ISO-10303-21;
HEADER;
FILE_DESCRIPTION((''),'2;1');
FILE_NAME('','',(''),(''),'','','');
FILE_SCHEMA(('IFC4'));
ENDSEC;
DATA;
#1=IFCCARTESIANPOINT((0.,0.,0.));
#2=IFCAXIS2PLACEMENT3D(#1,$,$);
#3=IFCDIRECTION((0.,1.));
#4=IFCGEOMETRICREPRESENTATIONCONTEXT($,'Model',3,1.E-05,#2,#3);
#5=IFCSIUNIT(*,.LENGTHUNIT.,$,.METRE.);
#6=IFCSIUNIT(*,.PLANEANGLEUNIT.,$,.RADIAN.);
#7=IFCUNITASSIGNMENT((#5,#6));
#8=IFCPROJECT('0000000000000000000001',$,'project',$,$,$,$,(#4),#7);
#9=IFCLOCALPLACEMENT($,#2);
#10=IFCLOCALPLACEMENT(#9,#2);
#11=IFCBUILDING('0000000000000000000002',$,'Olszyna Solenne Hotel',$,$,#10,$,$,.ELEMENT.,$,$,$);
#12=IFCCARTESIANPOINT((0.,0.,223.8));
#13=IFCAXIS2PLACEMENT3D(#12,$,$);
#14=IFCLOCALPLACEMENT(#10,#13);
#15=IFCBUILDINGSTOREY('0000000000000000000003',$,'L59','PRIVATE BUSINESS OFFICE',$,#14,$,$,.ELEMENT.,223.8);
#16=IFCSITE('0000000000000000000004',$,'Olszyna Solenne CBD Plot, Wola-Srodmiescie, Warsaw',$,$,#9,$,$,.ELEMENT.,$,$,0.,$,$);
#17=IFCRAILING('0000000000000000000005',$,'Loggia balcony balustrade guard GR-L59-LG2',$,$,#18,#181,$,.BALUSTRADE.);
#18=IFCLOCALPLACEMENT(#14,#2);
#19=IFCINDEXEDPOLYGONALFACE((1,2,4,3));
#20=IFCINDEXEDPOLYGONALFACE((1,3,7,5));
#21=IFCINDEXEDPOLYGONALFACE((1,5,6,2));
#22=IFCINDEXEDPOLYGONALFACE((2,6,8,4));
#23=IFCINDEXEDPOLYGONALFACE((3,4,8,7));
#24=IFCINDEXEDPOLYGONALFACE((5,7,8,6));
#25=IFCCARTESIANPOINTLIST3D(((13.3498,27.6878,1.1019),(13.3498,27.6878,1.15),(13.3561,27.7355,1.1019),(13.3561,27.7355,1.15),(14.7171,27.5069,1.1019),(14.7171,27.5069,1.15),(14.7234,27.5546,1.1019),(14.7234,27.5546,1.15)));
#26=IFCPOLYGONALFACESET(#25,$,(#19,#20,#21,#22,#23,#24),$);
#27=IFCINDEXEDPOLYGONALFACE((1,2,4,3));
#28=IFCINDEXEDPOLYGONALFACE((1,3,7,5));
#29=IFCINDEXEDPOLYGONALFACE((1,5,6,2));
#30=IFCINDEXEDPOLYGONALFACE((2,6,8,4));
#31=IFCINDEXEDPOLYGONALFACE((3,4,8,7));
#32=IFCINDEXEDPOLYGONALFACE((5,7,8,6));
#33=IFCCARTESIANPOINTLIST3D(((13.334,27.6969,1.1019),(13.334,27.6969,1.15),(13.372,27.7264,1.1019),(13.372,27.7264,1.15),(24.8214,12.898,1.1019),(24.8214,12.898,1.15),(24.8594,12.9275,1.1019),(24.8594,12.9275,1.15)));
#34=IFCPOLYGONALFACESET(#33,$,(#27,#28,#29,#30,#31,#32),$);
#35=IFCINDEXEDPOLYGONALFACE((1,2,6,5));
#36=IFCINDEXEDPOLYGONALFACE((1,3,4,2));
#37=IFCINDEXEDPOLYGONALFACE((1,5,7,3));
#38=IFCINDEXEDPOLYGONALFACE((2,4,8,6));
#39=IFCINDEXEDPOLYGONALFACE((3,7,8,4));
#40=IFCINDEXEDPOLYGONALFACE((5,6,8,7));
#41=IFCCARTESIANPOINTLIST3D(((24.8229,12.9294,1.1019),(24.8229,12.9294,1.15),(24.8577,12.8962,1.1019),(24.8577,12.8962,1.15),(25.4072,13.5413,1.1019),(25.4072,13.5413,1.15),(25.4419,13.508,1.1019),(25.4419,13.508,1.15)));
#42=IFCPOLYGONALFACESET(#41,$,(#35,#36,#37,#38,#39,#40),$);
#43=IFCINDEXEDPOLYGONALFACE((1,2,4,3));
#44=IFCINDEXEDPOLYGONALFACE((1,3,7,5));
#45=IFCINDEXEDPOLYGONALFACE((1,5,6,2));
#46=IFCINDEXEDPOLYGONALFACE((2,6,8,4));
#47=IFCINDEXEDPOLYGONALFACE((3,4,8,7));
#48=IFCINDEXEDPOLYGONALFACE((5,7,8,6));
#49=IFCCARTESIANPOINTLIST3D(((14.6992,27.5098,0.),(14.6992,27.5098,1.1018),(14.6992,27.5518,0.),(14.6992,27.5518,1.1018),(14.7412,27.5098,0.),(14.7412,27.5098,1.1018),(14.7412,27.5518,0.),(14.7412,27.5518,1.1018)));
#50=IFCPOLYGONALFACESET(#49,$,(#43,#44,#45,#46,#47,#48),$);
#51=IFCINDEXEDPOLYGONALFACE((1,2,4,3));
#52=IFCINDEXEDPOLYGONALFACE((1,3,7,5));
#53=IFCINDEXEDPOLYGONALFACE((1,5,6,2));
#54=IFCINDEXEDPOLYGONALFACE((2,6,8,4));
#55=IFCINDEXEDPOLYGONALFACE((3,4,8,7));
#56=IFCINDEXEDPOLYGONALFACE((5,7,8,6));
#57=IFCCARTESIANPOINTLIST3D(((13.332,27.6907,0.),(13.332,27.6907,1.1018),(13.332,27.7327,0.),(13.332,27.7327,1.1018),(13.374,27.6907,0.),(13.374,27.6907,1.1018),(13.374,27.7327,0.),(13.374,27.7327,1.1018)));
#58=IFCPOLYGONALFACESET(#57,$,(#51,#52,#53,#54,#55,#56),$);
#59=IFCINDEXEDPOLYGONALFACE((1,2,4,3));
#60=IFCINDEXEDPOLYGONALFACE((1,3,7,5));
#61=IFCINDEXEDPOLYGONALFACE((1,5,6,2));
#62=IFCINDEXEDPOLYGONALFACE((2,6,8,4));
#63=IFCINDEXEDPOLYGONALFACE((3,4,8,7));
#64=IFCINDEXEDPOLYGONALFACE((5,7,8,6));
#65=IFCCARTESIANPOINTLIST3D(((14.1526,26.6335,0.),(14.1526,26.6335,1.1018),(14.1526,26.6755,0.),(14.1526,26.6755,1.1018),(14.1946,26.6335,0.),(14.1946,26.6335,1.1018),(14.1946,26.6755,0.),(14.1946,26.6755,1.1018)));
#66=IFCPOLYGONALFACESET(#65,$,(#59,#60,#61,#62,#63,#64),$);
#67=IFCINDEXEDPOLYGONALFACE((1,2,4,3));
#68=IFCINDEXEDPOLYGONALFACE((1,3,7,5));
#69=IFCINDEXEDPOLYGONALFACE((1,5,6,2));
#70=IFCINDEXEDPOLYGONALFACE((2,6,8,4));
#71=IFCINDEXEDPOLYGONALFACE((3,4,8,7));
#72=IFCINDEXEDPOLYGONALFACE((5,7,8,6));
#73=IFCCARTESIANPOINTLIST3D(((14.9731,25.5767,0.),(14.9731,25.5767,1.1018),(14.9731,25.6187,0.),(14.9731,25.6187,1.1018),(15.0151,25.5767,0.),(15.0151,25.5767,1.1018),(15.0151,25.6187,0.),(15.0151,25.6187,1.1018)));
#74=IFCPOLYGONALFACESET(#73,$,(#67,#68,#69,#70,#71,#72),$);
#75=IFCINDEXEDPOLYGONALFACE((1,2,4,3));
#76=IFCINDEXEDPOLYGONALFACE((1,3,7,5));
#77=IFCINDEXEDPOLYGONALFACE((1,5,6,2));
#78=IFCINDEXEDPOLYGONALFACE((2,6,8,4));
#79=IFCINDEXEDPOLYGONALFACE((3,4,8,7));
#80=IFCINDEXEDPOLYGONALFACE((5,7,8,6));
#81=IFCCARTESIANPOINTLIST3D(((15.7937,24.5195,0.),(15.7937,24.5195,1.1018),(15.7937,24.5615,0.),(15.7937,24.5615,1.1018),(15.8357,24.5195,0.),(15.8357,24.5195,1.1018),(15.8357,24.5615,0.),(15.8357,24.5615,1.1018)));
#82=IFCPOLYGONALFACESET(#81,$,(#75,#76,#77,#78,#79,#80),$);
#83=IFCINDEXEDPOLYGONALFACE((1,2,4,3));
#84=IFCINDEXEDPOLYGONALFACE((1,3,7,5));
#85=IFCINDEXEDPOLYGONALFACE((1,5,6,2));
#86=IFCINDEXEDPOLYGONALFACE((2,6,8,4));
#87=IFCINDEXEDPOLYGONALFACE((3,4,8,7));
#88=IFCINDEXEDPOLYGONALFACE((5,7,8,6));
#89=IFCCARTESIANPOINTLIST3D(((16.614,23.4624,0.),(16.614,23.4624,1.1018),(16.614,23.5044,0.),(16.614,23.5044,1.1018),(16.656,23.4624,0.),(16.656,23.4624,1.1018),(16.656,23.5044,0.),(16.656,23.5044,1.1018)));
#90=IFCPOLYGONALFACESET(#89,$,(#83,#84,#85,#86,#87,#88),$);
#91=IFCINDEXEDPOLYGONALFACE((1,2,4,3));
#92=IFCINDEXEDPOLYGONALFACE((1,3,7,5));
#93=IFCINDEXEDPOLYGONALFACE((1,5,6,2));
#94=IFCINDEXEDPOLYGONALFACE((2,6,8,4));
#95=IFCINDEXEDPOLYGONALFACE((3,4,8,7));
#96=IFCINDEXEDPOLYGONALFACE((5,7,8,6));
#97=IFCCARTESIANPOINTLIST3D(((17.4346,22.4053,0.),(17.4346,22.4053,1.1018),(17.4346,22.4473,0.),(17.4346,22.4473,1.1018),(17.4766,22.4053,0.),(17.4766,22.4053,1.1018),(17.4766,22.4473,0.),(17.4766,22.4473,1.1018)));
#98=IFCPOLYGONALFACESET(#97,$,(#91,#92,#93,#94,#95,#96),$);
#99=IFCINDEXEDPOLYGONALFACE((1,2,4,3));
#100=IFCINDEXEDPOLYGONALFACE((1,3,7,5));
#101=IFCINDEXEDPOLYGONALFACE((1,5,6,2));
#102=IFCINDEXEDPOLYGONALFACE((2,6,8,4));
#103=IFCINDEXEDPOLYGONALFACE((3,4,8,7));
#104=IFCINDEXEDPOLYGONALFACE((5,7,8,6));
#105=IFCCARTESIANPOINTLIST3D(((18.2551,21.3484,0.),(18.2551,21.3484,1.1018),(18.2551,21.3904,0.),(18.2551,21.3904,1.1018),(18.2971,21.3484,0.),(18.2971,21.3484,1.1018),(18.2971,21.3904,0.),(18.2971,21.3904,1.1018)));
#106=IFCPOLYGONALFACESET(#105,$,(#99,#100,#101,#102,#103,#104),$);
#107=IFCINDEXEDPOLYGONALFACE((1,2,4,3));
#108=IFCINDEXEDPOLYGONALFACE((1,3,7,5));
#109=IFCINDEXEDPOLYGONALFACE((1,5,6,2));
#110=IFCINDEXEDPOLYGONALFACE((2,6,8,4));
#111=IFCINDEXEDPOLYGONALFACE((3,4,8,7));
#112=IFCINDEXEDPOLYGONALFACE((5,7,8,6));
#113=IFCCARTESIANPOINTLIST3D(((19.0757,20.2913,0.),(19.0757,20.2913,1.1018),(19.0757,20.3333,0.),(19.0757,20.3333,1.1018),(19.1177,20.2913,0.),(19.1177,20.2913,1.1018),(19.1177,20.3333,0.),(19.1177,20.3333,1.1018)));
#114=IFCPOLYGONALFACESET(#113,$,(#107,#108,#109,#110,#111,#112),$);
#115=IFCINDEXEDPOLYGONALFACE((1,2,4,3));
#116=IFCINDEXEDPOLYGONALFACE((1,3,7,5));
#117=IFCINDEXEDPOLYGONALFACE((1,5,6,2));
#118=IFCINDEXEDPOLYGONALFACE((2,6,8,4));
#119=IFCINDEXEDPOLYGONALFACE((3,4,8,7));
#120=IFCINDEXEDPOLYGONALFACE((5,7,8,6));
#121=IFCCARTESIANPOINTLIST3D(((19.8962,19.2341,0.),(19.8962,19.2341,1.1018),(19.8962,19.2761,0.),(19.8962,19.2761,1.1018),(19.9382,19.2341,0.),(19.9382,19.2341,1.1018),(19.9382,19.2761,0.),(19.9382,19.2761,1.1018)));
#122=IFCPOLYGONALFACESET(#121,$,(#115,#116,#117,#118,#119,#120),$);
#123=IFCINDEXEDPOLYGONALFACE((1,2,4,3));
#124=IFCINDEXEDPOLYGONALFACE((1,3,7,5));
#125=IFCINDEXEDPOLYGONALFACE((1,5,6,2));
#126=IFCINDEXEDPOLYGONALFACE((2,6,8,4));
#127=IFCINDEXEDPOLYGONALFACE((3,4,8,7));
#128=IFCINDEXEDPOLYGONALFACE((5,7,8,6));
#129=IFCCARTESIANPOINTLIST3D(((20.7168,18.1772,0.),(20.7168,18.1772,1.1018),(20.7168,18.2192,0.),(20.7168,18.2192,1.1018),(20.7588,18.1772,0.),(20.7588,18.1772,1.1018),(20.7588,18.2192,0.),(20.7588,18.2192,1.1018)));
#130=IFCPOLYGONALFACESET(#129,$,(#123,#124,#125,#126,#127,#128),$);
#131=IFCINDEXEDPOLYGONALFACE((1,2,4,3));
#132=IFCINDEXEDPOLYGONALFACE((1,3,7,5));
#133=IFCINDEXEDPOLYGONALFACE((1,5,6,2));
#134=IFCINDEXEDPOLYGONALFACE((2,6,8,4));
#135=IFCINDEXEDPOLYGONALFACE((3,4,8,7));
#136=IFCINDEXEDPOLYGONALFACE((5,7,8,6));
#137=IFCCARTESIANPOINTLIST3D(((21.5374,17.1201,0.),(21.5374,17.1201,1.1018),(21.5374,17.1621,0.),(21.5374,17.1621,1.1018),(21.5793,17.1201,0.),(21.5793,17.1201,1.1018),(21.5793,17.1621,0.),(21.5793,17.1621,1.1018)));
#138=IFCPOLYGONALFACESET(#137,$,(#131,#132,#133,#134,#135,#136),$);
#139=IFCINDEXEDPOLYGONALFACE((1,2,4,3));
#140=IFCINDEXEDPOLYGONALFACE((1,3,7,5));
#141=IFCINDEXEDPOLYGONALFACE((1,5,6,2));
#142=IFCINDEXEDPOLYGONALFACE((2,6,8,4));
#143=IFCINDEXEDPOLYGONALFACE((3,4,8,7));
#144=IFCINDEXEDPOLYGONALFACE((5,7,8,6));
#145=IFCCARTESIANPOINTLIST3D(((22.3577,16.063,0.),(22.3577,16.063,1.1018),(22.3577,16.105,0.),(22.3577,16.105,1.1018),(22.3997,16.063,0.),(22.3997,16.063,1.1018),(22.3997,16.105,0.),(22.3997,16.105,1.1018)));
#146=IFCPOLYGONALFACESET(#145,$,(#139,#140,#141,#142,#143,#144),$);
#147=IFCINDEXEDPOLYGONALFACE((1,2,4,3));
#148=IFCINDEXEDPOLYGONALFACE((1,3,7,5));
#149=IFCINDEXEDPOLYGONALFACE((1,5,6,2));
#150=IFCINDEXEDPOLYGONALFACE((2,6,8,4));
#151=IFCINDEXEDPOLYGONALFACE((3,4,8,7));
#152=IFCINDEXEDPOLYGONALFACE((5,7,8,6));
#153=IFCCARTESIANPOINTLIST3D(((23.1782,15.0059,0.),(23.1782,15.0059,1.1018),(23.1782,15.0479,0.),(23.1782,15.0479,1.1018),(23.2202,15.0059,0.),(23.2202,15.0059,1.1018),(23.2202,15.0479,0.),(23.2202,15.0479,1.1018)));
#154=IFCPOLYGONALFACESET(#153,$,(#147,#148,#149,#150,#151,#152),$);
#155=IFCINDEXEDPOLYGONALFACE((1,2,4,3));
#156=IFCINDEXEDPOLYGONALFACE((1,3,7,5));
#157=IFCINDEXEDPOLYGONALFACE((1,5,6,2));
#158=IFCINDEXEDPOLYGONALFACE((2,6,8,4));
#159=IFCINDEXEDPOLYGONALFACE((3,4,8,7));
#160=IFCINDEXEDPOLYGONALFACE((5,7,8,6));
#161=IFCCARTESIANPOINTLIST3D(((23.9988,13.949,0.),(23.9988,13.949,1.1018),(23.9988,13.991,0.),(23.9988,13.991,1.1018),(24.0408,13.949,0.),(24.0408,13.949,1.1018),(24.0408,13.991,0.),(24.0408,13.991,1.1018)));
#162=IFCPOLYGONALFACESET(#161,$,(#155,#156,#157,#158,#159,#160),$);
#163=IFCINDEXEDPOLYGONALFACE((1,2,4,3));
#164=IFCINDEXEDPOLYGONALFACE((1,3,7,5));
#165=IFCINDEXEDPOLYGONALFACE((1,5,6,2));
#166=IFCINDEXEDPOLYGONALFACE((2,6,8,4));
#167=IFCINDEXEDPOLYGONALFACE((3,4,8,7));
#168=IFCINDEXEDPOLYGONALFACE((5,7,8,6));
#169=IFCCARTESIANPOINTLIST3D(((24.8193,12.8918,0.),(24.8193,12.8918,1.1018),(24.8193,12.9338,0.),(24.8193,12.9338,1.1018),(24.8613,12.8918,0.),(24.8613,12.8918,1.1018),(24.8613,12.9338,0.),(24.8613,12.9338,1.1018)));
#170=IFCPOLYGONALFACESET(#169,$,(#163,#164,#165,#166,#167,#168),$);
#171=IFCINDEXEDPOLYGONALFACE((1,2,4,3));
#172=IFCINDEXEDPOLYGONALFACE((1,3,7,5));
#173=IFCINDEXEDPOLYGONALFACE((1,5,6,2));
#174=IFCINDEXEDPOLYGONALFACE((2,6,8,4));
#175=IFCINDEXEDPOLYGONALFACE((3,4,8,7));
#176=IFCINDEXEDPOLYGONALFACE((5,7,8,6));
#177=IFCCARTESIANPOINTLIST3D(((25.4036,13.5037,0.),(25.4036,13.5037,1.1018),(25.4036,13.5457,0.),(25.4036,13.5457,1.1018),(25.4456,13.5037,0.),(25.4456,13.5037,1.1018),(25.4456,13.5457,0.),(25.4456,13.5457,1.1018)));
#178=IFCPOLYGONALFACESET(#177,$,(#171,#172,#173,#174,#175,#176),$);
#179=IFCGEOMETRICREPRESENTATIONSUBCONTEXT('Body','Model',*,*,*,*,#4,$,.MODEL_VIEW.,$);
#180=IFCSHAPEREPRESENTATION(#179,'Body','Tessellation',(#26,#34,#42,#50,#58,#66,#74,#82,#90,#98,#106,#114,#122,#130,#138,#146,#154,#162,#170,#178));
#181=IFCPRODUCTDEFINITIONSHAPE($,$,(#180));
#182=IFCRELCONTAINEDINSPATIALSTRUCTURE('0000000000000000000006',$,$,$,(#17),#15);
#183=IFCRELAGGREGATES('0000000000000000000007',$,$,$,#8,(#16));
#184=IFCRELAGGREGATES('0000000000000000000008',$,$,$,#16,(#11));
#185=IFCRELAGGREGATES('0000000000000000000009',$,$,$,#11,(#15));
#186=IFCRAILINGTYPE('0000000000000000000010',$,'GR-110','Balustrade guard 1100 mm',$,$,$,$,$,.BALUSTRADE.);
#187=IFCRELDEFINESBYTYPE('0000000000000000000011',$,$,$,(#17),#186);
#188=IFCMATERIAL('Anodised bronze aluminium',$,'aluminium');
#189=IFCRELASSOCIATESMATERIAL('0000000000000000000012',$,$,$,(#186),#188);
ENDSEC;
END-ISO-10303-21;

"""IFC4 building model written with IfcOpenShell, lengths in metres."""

from ifc_helpers import new_model, si_unit, direction, frame, origin, origin_2d, place, context, subcontext, project, spatial, rectangle, extrude, material, type_object, element, save


model = new_model("IFC4")

# Units and contexts
model_context = context("Model", 3, precision=1e-05, world=origin(), true_north=direction((0.0, 1.0)))
body_context = subcontext(model_context, "Body", "Model", "MODEL_VIEW")
ifc_project = project(units=[si_unit("LENGTHUNIT", "METRE"), si_unit("PLANEANGLEUNIT", "RADIAN")], contexts=[model_context])

# Site, building, storey
site_placement = place(None, origin())
site = spatial("IfcSite", under=ifc_project, at=site_placement, Name="Olszyna Solenne CBD Plot, Wola-Srodmiescie, Warsaw", CompositionType="ELEMENT", RefElevation=0.0)
building_placement = place(site_placement, origin())
building = spatial("IfcBuilding", under=site, at=building_placement, Name="Olszyna Solenne Hotel", CompositionType="ELEMENT")
storey_placement = place(building_placement, frame((0.0, 0.0, 223.8)))
storey = spatial("IfcBuildingStorey", under=building, at=storey_placement, Name="L59", Description="PRIVATE BUSINESS OFFICE", CompositionType="ELEMENT", Elevation=223.8)

# Railing
ifc_material_1 = material(Name="Anodised bronze aluminium", Category="aluminium")
railing_type = type_object("IfcRailingType", Name="GR-110", Description="Balustrade guard 1100 mm", PredefinedType="BALUSTRADE", material=ifc_material_1)
railing_placement = place(storey_placement, frame((14.7202, 27.5308, 0.0)))
element("IfcRailing", 1, at=railing_placement, inside=storey, type_object=railing_type, Name="Loggia balcony balustrade guard GR-L59-LG2", PredefinedType="BALUSTRADE", context=body_context, shape_type="SweptSolid", body=[
    extrude(rectangle(XDim=0.0481, YDim=0.0481, at=origin_2d()), frame((0.0, 0.0, 1.126), z_axis=(-0.991359, 0.131178, 0.0), x_axis=(-0.131178, -0.991359, 0.0)), (0.0, 0.0, 1.0), 1.3792),
    extrude(rectangle(XDim=0.0481, YDim=0.0481, at=origin_2d()), frame((-1.3672, 0.1809, 1.126), z_axis=(0.613179, -0.789944, 0.0), x_axis=(0.789944, 0.613179, 0.0)), (0.0, 0.0, 1.0), 18.7341),
    extrude(rectangle(XDim=0.0481, YDim=0.0481, at=origin_2d()), frame((10.1201, -14.6179, 1.126), z_axis=(0.690613, 0.723224, 0.0), x_axis=(-0.723224, 0.690613, 0.0)), (0.0, 0.0, 1.0), 0.8459),
    extrude(rectangle(XDim=0.042, YDim=0.042, at=origin_2d()), origin(), (0.0, 0.0, 1.0), 1.1018),
    extrude(rectangle(XDim=0.042, YDim=0.042, at=origin_2d()), frame((-1.3672, 0.1809, 0.0)), (0.0, 0.0, 1.0), 1.1018),
    extrude(rectangle(XDim=0.042, YDim=0.042, at=origin_2d()), frame((-0.5466, -0.8762, 0.0)), (0.0, 0.0, 1.0), 1.1018),
    extrude(rectangle(XDim=0.042, YDim=0.042, at=origin_2d()), frame((0.2739, -1.9331, 0.0)), (0.0, 0.0, 1.0), 1.1018),
    extrude(rectangle(XDim=0.042, YDim=0.042, at=origin_2d()), frame((1.0945, -2.9902, 0.0)), (0.0, 0.0, 1.0), 1.1018),
    extrude(rectangle(XDim=0.042, YDim=0.042, at=origin_2d()), frame((1.9148, -4.0474, 0.0)), (0.0, 0.0, 1.0), 1.1018),
    extrude(rectangle(XDim=0.042, YDim=0.042, at=origin_2d()), frame((2.7354, -5.1045, 0.0)), (0.0, 0.0, 1.0), 1.1018),
    extrude(rectangle(XDim=0.042, YDim=0.042, at=origin_2d()), frame((3.5559, -6.1614, 0.0)), (0.0, 0.0, 1.0), 1.1018),
    extrude(rectangle(XDim=0.042, YDim=0.042, at=origin_2d()), frame((4.3765, -7.2185, 0.0)), (0.0, 0.0, 1.0), 1.1018),
    extrude(rectangle(XDim=0.042, YDim=0.042, at=origin_2d()), frame((5.197, -8.2756, 0.0)), (0.0, 0.0, 1.0), 1.1018),
    extrude(rectangle(XDim=0.042, YDim=0.042, at=origin_2d()), frame((6.0176, -9.3325, 0.0)), (0.0, 0.0, 1.0), 1.1018),
    extrude(rectangle(XDim=0.042, YDim=0.042, at=origin_2d()), frame((6.8381, -10.3896, 0.0)), (0.0, 0.0, 1.0), 1.1018),
    extrude(rectangle(XDim=0.042, YDim=0.042, at=origin_2d()), frame((7.6584, -11.4468, 0.0)), (0.0, 0.0, 1.0), 1.1018),
    extrude(rectangle(XDim=0.042, YDim=0.042, at=origin_2d()), frame((8.479, -12.5039, 0.0)), (0.0, 0.0, 1.0), 1.1018),
    extrude(rectangle(XDim=0.042, YDim=0.042, at=origin_2d()), frame((9.2996, -13.5608, 0.0)), (0.0, 0.0, 1.0), 1.1018),
    extrude(rectangle(XDim=0.042, YDim=0.042, at=origin_2d()), frame((10.1201, -14.6179, 0.0)), (0.0, 0.0, 1.0), 1.1018),
    extrude(rectangle(XDim=0.042, YDim=0.042, at=origin_2d()), frame((10.7043, -14.0061, 0.0)), (0.0, 0.0, 1.0), 1.1018),
])

save(model, "model.ifc")
